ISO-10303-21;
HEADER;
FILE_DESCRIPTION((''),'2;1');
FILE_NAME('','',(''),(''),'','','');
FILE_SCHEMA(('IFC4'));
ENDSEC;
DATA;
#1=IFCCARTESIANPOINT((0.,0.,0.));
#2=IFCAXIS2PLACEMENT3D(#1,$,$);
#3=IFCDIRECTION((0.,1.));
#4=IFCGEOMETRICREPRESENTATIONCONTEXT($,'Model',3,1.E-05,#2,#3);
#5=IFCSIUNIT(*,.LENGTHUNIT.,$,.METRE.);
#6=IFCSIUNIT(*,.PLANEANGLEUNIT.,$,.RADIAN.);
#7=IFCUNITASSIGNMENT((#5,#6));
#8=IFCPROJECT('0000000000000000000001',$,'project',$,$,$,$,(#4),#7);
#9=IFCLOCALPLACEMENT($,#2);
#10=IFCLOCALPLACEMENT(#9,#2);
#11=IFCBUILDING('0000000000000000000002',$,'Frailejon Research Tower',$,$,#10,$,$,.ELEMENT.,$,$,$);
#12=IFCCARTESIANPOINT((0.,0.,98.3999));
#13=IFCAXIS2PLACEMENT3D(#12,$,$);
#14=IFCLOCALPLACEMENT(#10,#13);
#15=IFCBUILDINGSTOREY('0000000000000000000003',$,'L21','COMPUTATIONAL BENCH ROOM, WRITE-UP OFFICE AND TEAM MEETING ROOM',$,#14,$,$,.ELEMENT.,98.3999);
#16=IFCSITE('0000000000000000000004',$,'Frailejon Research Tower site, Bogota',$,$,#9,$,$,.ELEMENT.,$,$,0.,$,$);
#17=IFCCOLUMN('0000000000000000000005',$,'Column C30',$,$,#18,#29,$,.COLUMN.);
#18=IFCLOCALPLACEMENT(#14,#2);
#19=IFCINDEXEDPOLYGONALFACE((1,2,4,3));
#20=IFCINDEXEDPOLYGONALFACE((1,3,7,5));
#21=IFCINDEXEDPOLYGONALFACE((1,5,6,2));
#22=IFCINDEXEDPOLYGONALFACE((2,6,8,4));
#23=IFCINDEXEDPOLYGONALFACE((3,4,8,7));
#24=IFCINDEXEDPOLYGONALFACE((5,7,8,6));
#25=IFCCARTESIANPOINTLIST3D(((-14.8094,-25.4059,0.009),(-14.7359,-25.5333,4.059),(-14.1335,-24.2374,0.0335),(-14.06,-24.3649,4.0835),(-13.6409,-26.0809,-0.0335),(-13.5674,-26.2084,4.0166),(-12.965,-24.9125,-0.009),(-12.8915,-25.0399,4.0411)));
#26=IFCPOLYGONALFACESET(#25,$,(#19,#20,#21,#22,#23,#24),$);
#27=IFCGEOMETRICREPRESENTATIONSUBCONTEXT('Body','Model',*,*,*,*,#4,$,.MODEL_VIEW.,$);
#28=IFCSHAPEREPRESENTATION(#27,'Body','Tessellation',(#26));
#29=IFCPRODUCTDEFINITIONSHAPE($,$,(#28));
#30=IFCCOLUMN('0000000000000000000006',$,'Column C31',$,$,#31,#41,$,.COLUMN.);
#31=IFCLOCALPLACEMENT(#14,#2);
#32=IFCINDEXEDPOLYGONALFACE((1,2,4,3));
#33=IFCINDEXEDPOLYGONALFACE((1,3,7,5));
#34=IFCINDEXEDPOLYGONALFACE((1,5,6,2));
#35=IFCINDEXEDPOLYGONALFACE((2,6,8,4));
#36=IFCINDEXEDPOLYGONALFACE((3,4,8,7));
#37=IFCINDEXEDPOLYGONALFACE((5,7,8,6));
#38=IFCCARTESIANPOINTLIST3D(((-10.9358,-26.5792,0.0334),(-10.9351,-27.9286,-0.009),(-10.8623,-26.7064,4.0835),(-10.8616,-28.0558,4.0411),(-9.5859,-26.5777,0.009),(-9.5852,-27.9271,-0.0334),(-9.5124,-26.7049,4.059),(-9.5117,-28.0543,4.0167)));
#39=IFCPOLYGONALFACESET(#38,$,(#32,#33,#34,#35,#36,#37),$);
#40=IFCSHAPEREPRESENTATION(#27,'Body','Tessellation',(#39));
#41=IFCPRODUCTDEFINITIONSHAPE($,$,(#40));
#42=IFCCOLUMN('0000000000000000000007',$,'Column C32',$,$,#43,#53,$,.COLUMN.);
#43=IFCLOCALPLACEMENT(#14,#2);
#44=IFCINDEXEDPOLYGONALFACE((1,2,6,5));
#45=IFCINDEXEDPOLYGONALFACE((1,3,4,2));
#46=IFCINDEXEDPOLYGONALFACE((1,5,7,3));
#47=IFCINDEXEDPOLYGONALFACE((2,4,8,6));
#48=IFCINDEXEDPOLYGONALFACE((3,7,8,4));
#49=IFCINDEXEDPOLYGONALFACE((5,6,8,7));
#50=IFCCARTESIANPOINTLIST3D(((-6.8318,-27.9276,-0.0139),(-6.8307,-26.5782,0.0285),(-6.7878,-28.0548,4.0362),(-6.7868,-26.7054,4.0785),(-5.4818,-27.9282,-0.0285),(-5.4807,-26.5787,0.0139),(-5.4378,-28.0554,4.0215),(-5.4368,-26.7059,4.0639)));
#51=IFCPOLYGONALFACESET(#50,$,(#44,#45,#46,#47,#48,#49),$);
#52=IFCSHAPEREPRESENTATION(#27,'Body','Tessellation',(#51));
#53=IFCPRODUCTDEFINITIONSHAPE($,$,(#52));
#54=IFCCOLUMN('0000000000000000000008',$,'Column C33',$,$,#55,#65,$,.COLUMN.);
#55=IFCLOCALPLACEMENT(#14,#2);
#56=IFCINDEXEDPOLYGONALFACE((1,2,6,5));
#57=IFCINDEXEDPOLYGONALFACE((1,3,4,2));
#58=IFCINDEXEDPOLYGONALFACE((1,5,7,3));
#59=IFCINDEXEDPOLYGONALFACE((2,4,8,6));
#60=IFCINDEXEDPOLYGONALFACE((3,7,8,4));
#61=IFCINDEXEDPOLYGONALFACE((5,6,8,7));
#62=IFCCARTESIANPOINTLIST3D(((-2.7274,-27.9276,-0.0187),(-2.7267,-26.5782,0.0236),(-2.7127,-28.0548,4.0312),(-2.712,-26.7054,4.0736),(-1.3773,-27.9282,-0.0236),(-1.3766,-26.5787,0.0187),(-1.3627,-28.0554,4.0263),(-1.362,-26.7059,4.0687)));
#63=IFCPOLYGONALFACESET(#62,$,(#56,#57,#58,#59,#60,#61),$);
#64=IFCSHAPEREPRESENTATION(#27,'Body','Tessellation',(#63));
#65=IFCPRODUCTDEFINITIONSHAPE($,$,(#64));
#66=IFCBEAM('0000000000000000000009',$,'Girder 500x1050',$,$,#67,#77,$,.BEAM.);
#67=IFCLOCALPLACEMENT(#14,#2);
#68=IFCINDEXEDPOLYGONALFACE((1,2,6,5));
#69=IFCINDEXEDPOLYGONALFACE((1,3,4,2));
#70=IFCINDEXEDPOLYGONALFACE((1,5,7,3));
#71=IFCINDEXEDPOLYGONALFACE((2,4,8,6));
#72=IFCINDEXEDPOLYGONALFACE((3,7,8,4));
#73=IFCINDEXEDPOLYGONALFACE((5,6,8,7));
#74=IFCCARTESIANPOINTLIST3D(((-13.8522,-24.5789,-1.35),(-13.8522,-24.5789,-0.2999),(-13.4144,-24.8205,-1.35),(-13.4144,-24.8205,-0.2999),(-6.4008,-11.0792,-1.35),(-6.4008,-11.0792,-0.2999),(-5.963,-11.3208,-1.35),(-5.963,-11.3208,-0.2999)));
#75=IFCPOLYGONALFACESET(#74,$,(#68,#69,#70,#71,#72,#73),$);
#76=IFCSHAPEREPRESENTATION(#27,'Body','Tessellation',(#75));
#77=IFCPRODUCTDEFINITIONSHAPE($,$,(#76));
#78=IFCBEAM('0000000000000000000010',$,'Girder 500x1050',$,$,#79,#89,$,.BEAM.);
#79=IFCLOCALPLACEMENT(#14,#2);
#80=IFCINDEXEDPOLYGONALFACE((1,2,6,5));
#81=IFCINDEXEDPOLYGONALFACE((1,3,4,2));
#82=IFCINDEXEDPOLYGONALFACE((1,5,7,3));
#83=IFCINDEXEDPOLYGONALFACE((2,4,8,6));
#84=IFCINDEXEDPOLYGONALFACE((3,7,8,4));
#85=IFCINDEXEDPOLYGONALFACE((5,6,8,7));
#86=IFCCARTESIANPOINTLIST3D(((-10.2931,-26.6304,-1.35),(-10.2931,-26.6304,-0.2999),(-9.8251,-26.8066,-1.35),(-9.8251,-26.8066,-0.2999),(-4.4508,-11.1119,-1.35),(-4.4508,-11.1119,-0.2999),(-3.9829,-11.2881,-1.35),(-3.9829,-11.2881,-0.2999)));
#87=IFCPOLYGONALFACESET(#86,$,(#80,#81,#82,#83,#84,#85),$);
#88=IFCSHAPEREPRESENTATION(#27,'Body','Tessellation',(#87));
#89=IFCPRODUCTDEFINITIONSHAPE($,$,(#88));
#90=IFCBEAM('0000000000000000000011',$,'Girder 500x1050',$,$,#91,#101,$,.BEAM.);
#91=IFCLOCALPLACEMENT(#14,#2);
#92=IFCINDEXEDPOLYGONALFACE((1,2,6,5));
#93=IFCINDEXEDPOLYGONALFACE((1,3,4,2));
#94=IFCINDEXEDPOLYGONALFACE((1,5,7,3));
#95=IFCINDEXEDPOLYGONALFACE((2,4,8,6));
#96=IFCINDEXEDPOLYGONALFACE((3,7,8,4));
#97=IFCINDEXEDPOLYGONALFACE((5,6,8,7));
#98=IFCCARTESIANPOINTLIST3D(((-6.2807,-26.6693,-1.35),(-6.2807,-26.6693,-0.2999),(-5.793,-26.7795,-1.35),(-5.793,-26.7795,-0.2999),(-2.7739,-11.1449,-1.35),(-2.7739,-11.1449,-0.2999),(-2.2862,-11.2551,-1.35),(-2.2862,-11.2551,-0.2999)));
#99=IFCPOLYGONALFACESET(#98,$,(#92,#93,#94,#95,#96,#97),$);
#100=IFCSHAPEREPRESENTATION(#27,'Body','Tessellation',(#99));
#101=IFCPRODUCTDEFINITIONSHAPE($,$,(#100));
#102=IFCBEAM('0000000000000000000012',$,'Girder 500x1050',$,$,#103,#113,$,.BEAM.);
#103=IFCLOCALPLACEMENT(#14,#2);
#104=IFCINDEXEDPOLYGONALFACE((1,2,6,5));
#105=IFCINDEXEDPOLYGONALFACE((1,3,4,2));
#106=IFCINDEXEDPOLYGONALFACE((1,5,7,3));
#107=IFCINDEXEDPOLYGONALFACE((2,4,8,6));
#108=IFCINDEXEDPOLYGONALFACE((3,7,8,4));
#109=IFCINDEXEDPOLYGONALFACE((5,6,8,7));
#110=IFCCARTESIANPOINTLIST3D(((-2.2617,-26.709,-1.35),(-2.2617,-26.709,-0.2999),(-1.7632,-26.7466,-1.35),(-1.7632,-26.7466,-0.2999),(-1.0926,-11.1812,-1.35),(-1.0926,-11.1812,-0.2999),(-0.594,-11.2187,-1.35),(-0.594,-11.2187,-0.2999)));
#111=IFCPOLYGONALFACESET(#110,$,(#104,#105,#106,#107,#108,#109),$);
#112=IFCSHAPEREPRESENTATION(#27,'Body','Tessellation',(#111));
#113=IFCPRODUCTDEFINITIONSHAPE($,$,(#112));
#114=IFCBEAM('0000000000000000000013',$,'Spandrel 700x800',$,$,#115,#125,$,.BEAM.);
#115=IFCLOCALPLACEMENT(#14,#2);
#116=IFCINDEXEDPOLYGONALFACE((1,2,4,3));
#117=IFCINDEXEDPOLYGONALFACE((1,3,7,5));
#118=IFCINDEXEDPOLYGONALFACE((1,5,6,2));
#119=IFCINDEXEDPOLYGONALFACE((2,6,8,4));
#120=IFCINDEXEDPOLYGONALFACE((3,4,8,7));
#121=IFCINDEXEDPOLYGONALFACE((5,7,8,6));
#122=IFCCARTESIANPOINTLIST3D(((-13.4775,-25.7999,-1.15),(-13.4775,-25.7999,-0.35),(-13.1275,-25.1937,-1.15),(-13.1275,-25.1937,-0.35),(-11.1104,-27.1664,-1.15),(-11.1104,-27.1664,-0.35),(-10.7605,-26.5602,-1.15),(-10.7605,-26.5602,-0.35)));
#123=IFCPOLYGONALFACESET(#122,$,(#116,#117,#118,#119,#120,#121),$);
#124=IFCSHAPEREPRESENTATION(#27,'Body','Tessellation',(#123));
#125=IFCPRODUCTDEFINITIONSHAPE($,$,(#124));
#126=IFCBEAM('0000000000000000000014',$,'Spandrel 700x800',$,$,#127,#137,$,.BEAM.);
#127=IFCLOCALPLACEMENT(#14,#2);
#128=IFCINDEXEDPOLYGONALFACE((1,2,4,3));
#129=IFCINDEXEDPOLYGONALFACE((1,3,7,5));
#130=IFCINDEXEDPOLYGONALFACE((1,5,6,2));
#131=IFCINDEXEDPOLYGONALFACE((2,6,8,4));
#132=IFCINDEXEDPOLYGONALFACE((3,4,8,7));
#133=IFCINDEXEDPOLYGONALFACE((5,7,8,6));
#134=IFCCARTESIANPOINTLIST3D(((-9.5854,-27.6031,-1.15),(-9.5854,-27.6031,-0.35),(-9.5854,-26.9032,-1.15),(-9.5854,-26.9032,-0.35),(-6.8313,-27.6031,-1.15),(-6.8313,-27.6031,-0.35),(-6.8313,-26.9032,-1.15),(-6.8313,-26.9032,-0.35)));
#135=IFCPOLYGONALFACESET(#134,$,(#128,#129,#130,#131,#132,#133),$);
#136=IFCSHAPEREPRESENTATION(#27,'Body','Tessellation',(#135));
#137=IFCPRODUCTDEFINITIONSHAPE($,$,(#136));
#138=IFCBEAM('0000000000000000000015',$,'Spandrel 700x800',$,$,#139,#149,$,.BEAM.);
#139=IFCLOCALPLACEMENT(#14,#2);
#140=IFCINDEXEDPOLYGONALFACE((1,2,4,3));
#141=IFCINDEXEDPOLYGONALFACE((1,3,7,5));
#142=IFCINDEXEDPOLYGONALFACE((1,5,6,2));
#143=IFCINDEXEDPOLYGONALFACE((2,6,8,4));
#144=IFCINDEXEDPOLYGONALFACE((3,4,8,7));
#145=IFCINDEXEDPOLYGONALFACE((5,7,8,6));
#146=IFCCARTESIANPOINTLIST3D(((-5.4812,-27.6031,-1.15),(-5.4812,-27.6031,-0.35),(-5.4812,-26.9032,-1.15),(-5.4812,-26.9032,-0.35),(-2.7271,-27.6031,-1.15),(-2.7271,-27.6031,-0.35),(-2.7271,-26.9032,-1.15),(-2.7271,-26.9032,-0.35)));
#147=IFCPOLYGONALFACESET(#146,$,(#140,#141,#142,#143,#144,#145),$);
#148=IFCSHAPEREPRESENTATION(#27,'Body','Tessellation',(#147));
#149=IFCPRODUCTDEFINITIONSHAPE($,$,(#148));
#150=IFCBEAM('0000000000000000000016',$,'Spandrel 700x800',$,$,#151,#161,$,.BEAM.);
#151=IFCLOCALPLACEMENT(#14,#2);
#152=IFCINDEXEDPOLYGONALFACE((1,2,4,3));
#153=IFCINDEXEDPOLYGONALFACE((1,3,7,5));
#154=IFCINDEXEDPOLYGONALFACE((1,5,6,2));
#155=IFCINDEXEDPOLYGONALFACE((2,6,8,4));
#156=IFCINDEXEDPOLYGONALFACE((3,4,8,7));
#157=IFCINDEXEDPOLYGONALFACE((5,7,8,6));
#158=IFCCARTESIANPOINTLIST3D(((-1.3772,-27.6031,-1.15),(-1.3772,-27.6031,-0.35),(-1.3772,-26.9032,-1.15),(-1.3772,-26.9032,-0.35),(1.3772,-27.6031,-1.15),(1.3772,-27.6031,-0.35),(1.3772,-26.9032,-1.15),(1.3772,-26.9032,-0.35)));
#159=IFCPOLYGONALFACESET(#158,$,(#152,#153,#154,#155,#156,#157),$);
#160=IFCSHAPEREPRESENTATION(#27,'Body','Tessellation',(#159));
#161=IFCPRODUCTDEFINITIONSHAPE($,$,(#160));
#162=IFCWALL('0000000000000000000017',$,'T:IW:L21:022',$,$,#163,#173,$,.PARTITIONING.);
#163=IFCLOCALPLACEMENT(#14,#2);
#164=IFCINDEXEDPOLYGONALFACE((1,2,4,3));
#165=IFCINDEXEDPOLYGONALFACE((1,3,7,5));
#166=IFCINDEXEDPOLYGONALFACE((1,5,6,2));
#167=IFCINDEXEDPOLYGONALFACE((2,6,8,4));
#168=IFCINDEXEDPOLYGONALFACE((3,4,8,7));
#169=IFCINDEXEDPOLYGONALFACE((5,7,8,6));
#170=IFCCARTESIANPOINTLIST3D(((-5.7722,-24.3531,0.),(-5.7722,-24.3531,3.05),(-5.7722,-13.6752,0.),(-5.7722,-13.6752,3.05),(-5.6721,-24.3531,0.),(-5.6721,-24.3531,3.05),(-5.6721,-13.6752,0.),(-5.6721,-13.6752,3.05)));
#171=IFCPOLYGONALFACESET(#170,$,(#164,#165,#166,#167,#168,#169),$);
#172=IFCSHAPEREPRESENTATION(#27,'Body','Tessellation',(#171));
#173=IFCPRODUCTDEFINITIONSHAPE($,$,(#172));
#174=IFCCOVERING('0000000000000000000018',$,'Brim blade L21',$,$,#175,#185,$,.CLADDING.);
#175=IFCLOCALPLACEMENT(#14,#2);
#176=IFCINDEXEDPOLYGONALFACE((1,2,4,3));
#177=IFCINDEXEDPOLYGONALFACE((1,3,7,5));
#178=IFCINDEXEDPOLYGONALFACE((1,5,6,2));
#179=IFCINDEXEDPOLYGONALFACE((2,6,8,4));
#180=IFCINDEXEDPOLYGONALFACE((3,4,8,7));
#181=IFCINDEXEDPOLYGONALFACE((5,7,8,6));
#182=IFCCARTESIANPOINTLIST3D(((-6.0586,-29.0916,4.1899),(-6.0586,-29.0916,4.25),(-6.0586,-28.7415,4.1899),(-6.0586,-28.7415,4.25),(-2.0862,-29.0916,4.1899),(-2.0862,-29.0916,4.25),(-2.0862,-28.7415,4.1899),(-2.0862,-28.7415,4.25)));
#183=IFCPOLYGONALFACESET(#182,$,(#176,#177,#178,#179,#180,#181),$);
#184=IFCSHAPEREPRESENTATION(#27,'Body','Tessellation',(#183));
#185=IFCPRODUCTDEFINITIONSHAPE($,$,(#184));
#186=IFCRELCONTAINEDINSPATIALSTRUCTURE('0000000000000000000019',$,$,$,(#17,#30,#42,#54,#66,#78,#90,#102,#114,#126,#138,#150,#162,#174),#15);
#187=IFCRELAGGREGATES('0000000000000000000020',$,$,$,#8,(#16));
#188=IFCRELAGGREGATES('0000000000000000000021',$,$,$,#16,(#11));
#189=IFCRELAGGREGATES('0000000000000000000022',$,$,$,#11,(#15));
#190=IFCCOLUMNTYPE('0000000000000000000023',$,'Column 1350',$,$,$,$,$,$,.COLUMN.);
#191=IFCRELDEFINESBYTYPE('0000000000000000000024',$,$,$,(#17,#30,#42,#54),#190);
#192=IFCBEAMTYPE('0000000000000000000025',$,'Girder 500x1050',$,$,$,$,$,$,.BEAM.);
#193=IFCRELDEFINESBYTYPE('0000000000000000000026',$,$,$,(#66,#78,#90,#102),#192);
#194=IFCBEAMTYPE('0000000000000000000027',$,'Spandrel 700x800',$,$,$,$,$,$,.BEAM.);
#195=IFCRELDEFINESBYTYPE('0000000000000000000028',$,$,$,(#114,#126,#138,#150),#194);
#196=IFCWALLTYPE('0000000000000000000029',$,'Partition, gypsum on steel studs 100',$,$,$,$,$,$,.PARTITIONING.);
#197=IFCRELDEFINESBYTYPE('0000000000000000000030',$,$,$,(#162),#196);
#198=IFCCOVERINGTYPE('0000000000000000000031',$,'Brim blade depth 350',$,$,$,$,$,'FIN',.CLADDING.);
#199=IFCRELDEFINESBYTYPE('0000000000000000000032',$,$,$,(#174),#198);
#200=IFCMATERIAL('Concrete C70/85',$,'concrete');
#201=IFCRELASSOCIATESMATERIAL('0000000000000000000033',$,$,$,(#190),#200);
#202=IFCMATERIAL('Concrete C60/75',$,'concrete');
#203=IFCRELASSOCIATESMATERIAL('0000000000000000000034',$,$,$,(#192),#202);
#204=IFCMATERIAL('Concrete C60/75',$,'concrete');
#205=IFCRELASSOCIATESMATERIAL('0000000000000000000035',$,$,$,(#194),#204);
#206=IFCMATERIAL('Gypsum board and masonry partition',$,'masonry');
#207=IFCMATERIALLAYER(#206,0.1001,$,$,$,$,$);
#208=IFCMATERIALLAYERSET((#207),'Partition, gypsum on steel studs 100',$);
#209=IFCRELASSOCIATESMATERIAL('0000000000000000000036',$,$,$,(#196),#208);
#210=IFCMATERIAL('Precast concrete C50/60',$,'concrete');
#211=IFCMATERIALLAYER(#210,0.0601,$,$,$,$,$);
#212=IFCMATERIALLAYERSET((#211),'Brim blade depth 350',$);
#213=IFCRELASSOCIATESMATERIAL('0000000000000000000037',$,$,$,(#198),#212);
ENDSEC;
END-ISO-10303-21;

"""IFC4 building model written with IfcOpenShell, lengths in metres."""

from ifc_helpers import new_model, si_unit, direction, frame, frame_2d, origin, origin_2d, place, context, subcontext, project, spatial, polyline, rectangle, outline, extrude, material, layer, layer_set, material_profile, profile_set, type_object, element, save


model = new_model("IFC4")

# Units and contexts
model_context = context("Model", 3, precision=1e-05, world=origin(), true_north=direction((0.0, 1.0)))
body_context = subcontext(model_context, "Body", "Model", "MODEL_VIEW")
ifc_project = project(units=[si_unit("LENGTHUNIT", "METRE"), si_unit("PLANEANGLEUNIT", "RADIAN")], contexts=[model_context])

# Site, building, storey
site_placement = place(None, origin())
site = spatial("IfcSite", under=ifc_project, at=site_placement, Name="Frailejon Research Tower site, Bogota", CompositionType="ELEMENT", RefElevation=0.0)
building_placement = place(site_placement, origin())
building = spatial("IfcBuilding", under=site, at=building_placement, Name="Frailejon Research Tower", CompositionType="ELEMENT")
storey_placement = place(building_placement, frame((0.0, 0.0, 98.3999)))
storey = spatial("IfcBuildingStorey", under=building, at=storey_placement, Name="L21", Description="COMPUTATIONAL BENCH ROOM, WRITE-UP OFFICE AND TEAM MEETING ROOM", CompositionType="ELEMENT", Elevation=98.3999)

# Columns
ifc_material_1 = material(Name="Concrete C70/85", Category="concrete")
ifc_material_profile_1 = material_profile(ifc_material_1, rectangle(XDim=1.3501, YDim=1.3501, at=origin_2d()), Name="Column 1350")
ifc_profile_set_1 = profile_set([ifc_material_profile_1], Name="Concrete C70/85")
column_type = type_object("IfcColumnType", Name="Column 1350", PredefinedType="COLUMN", material=ifc_profile_set_1)
for number, where, z_axis, x_axis, name in (
    (1, (-13.8872, -25.1592, 0.0), (0.018133, -0.031446, 0.999341), (0.865469, -0.499975, -0.031436), "Column C30"),
    (2, (-10.2605, -27.2532, 0.0), (0.018133, -0.031386, 0.999343), (0.999835, 0.001116, -0.018107), "Column C31"),
):
    element("IfcColumn", number, at=place(storey_placement, frame(where, z_axis=z_axis, x_axis=x_axis)), inside=storey, type_object=column_type, Name=name, PredefinedType="COLUMN", context=body_context, shape_type="SweptSolid", body=[
        extrude(rectangle(XDim=1.3501, YDim=1.3501, at=origin_2d()), origin(), (0.0, 0.0, 1.0), 4.0527),
    ])
column_1_placement = place(storey_placement, frame((-6.1562, -27.2532, 0.0), z_axis=(0.010845, -0.031389, 0.999448), x_axis=(0.999941, -0.000427, -0.010863)))
element("IfcColumn", 3, at=column_1_placement, inside=storey, type_object=column_type, Name="Column C32", PredefinedType="COLUMN", context=body_context, shape_type="SweptSolid", body=[
    extrude(rectangle(XDim=1.3501, YDim=1.3501, at=origin_2d()), origin(), (0.0, 0.0, 1.0), 4.0522),
])
column_2_placement = place(storey_placement, frame((-2.052, -27.2532, 0.0), z_axis=(0.003615, -0.031391, 0.999501), x_axis=(0.999993, -0.000407, -0.00363)))
element("IfcColumn", 4, at=column_2_placement, inside=storey, type_object=column_type, Name="Column C33", PredefinedType="COLUMN", context=body_context, shape_type="SweptSolid", body=[
    extrude(rectangle(XDim=1.3501, YDim=1.3501, at=origin_2d()), origin(), (0.0, 0.0, 1.0), 4.052),
])

# Beams
ifc_material_2 = material(Name="Concrete C60/75", Category="concrete")
ifc_material_profile_2 = material_profile(ifc_material_2, rectangle(XDim=0.5, YDim=1.05, at=origin_2d()), Name="Girder 500x1050")
ifc_profile_set_2 = profile_set([ifc_material_profile_2], Name="Concrete C60/75")
beam_type_1 = type_object("IfcBeamType", Name="Girder 500x1050", PredefinedType="BEAM", material=ifc_profile_set_2)
beam_1_placement = place(storey_placement, frame((-13.6333, -24.6997, -0.825), z_axis=(0.48324, 0.875488, 0.0), x_axis=(-0.875488, 0.48324, 0.0)))
element("IfcBeam", 5, at=beam_1_placement, inside=storey, type_object=beam_type_1, Name="Girder 500x1050", PredefinedType="BEAM", context=body_context, shape_type="SweptSolid", body=[
    extrude(rectangle(XDim=0.5, YDim=1.05, at=origin_2d()), origin(), (0.0, 0.0, 1.0), 15.4197),
])
beam_2_placement = place(storey_placement, frame((-10.0591, -26.7185, -0.825), z_axis=(0.35233, 0.935876, 0.0), x_axis=(-0.935876, 0.35233, 0.0)))
element("IfcBeam", 6, at=beam_2_placement, inside=storey, type_object=beam_type_1, Name="Girder 500x1050", PredefinedType="BEAM", context=body_context, shape_type="SweptSolid", body=[
    extrude(rectangle(XDim=0.5, YDim=1.05, at=origin_2d()), origin(), (0.0, 0.0, 1.0), 16.5818),
])
beam_3_placement = place(storey_placement, frame((-6.0369, -26.7244, -0.825), z_axis=(0.22034, 0.975423, 0.0), x_axis=(-0.975423, 0.22034, 0.0)))
element("IfcBeam", 7, at=beam_3_placement, inside=storey, type_object=beam_type_1, Name="Girder 500x1050", PredefinedType="BEAM", context=body_context, shape_type="SweptSolid", body=[
    extrude(rectangle(XDim=0.5, YDim=1.05, at=origin_2d()), origin(), (0.0, 0.0, 1.0), 15.9155),
])
beam_4_placement = place(storey_placement, frame((-2.0125, -26.7278, -0.825), z_axis=(0.075084, 0.997177, 0.0), x_axis=(-0.997177, 0.075084, 0.0)))
element("IfcBeam", 8, at=beam_4_placement, inside=storey, type_object=beam_type_1, Name="Girder 500x1050", PredefinedType="BEAM", context=body_context, shape_type="SweptSolid", body=[
    extrude(rectangle(XDim=0.5, YDim=1.05, at=origin_2d()), origin(), (0.0, 0.0, 1.0), 15.5718),
])
ifc_material_3 = material(Name="Concrete C60/75", Category="concrete")
ifc_material_profile_3 = material_profile(ifc_material_3, rectangle(XDim=0.7, YDim=0.8, at=origin_2d()), Name="Spandrel 700x800")
ifc_profile_set_3 = profile_set([ifc_material_profile_3], Name="Concrete C60/75")
beam_type_2 = type_object("IfcBeamType", Name="Spandrel 700x800", PredefinedType="BEAM", material=ifc_profile_set_3)
beam_5_placement = place(storey_placement, frame((-13.3025, -25.4968, -0.75), z_axis=(0.866041, -0.499972, 0.0), x_axis=(0.499972, 0.866041, 0.0)))
element("IfcBeam", 9, at=beam_5_placement, inside=storey, type_object=beam_type_2, Name="Spandrel 700x800", PredefinedType="BEAM", context=body_context, shape_type="SweptSolid", body=[
    extrude(rectangle(XDim=0.7, YDim=0.8, at=origin_2d()), origin(), (0.0, 0.0, 1.0), 2.7332),
])
for number, where, z_axis, x_axis, name in (
    (10, (-9.5854, -27.2532, -0.75), (1.0, 0.0, 0.0), (0.0, 1.0, 0.0), "Spandrel 700x800"),
    (11, (-5.4812, -27.2532, -0.75), (1.0, 0.0, 0.0), (0.0, 1.0, 0.0), "Spandrel 700x800"),
):
    element("IfcBeam", number, at=place(storey_placement, frame(where, z_axis=z_axis, x_axis=x_axis)), inside=storey, type_object=beam_type_2, Name=name, PredefinedType="BEAM", context=body_context, shape_type="SweptSolid", body=[
        extrude(rectangle(XDim=0.7, YDim=0.8, at=origin_2d()), origin(), (0.0, 0.0, 1.0), 2.7542),
    ])
beam_6_placement = place(storey_placement, frame((-1.3772, -27.2532, -0.75), z_axis=(1.0, 0.0, 0.0), x_axis=(0.0, 1.0, 0.0)))
element("IfcBeam", 12, at=beam_6_placement, inside=storey, type_object=beam_type_2, Name="Spandrel 700x800", PredefinedType="BEAM", context=body_context, shape_type="SweptSolid", body=[
    extrude(rectangle(XDim=0.7, YDim=0.8, at=origin_2d()), origin(), (0.0, 0.0, 1.0), 2.7544),
])

# Wall
ifc_material_4 = material(Name="Gypsum board and masonry partition", Category="masonry")
ifc_layer_1 = layer(ifc_material_4, 0.1001)
ifc_layer_set_1 = layer_set([ifc_layer_1], Name="Partition, gypsum on steel studs 100")
wall_type_1 = type_object("IfcWallType", Name="Partition, gypsum on steel studs 100", PredefinedType="PARTITIONING", material=ifc_layer_set_1)
wall_1_placement = place(storey_placement, frame((-5.7222, -24.353, 0.0), z_axis=(0.0, 0.0, 1.0), x_axis=(0.0, 1.0, 0.0)))
element("IfcWall", 13, at=wall_1_placement, inside=storey, type_object=wall_type_1, Name="T:IW:L21:022", PredefinedType="PARTITIONING", context=body_context, shape_type="SweptSolid", body=[
    extrude(rectangle(XDim=10.678, YDim=0.1001, at=frame_2d((5.3389, 0.0))), origin(), (0.0, 0.0, 1.0), 3.05),
])

# Covering
ifc_material_5 = material(Name="Precast concrete C50/60", Category="concrete")
ifc_layer_2 = layer(ifc_material_5, 0.0601)
ifc_layer_set_2 = layer_set([ifc_layer_2], Name="Brim blade depth 350")
covering_type_1 = type_object("IfcCoveringType", Name="Brim blade depth 350", ElementType="FIN", PredefinedType="CLADDING", material=ifc_layer_set_2)
covering_1_placement = place(storey_placement, frame((-2.0862, -28.7415, 4.25), z_axis=(-1.0, 0.0, 0.0), x_axis=(0.0, -1.0, 0.0)))
element("IfcCovering", 14, at=covering_1_placement, inside=storey, type_object=covering_type_1, Name="Brim blade L21", PredefinedType="CLADDING", context=body_context, shape_type="SweptSolid", body=[
    extrude(outline(polyline([(0.0, -0.0601), (0.3501, -0.0601), (0.3501, 0.0), (0.0, 0.0), (0.0, -0.0601)])), origin(), (0.0, 0.0, 1.0), 3.9724),
])

save(model, "model.ifc")
